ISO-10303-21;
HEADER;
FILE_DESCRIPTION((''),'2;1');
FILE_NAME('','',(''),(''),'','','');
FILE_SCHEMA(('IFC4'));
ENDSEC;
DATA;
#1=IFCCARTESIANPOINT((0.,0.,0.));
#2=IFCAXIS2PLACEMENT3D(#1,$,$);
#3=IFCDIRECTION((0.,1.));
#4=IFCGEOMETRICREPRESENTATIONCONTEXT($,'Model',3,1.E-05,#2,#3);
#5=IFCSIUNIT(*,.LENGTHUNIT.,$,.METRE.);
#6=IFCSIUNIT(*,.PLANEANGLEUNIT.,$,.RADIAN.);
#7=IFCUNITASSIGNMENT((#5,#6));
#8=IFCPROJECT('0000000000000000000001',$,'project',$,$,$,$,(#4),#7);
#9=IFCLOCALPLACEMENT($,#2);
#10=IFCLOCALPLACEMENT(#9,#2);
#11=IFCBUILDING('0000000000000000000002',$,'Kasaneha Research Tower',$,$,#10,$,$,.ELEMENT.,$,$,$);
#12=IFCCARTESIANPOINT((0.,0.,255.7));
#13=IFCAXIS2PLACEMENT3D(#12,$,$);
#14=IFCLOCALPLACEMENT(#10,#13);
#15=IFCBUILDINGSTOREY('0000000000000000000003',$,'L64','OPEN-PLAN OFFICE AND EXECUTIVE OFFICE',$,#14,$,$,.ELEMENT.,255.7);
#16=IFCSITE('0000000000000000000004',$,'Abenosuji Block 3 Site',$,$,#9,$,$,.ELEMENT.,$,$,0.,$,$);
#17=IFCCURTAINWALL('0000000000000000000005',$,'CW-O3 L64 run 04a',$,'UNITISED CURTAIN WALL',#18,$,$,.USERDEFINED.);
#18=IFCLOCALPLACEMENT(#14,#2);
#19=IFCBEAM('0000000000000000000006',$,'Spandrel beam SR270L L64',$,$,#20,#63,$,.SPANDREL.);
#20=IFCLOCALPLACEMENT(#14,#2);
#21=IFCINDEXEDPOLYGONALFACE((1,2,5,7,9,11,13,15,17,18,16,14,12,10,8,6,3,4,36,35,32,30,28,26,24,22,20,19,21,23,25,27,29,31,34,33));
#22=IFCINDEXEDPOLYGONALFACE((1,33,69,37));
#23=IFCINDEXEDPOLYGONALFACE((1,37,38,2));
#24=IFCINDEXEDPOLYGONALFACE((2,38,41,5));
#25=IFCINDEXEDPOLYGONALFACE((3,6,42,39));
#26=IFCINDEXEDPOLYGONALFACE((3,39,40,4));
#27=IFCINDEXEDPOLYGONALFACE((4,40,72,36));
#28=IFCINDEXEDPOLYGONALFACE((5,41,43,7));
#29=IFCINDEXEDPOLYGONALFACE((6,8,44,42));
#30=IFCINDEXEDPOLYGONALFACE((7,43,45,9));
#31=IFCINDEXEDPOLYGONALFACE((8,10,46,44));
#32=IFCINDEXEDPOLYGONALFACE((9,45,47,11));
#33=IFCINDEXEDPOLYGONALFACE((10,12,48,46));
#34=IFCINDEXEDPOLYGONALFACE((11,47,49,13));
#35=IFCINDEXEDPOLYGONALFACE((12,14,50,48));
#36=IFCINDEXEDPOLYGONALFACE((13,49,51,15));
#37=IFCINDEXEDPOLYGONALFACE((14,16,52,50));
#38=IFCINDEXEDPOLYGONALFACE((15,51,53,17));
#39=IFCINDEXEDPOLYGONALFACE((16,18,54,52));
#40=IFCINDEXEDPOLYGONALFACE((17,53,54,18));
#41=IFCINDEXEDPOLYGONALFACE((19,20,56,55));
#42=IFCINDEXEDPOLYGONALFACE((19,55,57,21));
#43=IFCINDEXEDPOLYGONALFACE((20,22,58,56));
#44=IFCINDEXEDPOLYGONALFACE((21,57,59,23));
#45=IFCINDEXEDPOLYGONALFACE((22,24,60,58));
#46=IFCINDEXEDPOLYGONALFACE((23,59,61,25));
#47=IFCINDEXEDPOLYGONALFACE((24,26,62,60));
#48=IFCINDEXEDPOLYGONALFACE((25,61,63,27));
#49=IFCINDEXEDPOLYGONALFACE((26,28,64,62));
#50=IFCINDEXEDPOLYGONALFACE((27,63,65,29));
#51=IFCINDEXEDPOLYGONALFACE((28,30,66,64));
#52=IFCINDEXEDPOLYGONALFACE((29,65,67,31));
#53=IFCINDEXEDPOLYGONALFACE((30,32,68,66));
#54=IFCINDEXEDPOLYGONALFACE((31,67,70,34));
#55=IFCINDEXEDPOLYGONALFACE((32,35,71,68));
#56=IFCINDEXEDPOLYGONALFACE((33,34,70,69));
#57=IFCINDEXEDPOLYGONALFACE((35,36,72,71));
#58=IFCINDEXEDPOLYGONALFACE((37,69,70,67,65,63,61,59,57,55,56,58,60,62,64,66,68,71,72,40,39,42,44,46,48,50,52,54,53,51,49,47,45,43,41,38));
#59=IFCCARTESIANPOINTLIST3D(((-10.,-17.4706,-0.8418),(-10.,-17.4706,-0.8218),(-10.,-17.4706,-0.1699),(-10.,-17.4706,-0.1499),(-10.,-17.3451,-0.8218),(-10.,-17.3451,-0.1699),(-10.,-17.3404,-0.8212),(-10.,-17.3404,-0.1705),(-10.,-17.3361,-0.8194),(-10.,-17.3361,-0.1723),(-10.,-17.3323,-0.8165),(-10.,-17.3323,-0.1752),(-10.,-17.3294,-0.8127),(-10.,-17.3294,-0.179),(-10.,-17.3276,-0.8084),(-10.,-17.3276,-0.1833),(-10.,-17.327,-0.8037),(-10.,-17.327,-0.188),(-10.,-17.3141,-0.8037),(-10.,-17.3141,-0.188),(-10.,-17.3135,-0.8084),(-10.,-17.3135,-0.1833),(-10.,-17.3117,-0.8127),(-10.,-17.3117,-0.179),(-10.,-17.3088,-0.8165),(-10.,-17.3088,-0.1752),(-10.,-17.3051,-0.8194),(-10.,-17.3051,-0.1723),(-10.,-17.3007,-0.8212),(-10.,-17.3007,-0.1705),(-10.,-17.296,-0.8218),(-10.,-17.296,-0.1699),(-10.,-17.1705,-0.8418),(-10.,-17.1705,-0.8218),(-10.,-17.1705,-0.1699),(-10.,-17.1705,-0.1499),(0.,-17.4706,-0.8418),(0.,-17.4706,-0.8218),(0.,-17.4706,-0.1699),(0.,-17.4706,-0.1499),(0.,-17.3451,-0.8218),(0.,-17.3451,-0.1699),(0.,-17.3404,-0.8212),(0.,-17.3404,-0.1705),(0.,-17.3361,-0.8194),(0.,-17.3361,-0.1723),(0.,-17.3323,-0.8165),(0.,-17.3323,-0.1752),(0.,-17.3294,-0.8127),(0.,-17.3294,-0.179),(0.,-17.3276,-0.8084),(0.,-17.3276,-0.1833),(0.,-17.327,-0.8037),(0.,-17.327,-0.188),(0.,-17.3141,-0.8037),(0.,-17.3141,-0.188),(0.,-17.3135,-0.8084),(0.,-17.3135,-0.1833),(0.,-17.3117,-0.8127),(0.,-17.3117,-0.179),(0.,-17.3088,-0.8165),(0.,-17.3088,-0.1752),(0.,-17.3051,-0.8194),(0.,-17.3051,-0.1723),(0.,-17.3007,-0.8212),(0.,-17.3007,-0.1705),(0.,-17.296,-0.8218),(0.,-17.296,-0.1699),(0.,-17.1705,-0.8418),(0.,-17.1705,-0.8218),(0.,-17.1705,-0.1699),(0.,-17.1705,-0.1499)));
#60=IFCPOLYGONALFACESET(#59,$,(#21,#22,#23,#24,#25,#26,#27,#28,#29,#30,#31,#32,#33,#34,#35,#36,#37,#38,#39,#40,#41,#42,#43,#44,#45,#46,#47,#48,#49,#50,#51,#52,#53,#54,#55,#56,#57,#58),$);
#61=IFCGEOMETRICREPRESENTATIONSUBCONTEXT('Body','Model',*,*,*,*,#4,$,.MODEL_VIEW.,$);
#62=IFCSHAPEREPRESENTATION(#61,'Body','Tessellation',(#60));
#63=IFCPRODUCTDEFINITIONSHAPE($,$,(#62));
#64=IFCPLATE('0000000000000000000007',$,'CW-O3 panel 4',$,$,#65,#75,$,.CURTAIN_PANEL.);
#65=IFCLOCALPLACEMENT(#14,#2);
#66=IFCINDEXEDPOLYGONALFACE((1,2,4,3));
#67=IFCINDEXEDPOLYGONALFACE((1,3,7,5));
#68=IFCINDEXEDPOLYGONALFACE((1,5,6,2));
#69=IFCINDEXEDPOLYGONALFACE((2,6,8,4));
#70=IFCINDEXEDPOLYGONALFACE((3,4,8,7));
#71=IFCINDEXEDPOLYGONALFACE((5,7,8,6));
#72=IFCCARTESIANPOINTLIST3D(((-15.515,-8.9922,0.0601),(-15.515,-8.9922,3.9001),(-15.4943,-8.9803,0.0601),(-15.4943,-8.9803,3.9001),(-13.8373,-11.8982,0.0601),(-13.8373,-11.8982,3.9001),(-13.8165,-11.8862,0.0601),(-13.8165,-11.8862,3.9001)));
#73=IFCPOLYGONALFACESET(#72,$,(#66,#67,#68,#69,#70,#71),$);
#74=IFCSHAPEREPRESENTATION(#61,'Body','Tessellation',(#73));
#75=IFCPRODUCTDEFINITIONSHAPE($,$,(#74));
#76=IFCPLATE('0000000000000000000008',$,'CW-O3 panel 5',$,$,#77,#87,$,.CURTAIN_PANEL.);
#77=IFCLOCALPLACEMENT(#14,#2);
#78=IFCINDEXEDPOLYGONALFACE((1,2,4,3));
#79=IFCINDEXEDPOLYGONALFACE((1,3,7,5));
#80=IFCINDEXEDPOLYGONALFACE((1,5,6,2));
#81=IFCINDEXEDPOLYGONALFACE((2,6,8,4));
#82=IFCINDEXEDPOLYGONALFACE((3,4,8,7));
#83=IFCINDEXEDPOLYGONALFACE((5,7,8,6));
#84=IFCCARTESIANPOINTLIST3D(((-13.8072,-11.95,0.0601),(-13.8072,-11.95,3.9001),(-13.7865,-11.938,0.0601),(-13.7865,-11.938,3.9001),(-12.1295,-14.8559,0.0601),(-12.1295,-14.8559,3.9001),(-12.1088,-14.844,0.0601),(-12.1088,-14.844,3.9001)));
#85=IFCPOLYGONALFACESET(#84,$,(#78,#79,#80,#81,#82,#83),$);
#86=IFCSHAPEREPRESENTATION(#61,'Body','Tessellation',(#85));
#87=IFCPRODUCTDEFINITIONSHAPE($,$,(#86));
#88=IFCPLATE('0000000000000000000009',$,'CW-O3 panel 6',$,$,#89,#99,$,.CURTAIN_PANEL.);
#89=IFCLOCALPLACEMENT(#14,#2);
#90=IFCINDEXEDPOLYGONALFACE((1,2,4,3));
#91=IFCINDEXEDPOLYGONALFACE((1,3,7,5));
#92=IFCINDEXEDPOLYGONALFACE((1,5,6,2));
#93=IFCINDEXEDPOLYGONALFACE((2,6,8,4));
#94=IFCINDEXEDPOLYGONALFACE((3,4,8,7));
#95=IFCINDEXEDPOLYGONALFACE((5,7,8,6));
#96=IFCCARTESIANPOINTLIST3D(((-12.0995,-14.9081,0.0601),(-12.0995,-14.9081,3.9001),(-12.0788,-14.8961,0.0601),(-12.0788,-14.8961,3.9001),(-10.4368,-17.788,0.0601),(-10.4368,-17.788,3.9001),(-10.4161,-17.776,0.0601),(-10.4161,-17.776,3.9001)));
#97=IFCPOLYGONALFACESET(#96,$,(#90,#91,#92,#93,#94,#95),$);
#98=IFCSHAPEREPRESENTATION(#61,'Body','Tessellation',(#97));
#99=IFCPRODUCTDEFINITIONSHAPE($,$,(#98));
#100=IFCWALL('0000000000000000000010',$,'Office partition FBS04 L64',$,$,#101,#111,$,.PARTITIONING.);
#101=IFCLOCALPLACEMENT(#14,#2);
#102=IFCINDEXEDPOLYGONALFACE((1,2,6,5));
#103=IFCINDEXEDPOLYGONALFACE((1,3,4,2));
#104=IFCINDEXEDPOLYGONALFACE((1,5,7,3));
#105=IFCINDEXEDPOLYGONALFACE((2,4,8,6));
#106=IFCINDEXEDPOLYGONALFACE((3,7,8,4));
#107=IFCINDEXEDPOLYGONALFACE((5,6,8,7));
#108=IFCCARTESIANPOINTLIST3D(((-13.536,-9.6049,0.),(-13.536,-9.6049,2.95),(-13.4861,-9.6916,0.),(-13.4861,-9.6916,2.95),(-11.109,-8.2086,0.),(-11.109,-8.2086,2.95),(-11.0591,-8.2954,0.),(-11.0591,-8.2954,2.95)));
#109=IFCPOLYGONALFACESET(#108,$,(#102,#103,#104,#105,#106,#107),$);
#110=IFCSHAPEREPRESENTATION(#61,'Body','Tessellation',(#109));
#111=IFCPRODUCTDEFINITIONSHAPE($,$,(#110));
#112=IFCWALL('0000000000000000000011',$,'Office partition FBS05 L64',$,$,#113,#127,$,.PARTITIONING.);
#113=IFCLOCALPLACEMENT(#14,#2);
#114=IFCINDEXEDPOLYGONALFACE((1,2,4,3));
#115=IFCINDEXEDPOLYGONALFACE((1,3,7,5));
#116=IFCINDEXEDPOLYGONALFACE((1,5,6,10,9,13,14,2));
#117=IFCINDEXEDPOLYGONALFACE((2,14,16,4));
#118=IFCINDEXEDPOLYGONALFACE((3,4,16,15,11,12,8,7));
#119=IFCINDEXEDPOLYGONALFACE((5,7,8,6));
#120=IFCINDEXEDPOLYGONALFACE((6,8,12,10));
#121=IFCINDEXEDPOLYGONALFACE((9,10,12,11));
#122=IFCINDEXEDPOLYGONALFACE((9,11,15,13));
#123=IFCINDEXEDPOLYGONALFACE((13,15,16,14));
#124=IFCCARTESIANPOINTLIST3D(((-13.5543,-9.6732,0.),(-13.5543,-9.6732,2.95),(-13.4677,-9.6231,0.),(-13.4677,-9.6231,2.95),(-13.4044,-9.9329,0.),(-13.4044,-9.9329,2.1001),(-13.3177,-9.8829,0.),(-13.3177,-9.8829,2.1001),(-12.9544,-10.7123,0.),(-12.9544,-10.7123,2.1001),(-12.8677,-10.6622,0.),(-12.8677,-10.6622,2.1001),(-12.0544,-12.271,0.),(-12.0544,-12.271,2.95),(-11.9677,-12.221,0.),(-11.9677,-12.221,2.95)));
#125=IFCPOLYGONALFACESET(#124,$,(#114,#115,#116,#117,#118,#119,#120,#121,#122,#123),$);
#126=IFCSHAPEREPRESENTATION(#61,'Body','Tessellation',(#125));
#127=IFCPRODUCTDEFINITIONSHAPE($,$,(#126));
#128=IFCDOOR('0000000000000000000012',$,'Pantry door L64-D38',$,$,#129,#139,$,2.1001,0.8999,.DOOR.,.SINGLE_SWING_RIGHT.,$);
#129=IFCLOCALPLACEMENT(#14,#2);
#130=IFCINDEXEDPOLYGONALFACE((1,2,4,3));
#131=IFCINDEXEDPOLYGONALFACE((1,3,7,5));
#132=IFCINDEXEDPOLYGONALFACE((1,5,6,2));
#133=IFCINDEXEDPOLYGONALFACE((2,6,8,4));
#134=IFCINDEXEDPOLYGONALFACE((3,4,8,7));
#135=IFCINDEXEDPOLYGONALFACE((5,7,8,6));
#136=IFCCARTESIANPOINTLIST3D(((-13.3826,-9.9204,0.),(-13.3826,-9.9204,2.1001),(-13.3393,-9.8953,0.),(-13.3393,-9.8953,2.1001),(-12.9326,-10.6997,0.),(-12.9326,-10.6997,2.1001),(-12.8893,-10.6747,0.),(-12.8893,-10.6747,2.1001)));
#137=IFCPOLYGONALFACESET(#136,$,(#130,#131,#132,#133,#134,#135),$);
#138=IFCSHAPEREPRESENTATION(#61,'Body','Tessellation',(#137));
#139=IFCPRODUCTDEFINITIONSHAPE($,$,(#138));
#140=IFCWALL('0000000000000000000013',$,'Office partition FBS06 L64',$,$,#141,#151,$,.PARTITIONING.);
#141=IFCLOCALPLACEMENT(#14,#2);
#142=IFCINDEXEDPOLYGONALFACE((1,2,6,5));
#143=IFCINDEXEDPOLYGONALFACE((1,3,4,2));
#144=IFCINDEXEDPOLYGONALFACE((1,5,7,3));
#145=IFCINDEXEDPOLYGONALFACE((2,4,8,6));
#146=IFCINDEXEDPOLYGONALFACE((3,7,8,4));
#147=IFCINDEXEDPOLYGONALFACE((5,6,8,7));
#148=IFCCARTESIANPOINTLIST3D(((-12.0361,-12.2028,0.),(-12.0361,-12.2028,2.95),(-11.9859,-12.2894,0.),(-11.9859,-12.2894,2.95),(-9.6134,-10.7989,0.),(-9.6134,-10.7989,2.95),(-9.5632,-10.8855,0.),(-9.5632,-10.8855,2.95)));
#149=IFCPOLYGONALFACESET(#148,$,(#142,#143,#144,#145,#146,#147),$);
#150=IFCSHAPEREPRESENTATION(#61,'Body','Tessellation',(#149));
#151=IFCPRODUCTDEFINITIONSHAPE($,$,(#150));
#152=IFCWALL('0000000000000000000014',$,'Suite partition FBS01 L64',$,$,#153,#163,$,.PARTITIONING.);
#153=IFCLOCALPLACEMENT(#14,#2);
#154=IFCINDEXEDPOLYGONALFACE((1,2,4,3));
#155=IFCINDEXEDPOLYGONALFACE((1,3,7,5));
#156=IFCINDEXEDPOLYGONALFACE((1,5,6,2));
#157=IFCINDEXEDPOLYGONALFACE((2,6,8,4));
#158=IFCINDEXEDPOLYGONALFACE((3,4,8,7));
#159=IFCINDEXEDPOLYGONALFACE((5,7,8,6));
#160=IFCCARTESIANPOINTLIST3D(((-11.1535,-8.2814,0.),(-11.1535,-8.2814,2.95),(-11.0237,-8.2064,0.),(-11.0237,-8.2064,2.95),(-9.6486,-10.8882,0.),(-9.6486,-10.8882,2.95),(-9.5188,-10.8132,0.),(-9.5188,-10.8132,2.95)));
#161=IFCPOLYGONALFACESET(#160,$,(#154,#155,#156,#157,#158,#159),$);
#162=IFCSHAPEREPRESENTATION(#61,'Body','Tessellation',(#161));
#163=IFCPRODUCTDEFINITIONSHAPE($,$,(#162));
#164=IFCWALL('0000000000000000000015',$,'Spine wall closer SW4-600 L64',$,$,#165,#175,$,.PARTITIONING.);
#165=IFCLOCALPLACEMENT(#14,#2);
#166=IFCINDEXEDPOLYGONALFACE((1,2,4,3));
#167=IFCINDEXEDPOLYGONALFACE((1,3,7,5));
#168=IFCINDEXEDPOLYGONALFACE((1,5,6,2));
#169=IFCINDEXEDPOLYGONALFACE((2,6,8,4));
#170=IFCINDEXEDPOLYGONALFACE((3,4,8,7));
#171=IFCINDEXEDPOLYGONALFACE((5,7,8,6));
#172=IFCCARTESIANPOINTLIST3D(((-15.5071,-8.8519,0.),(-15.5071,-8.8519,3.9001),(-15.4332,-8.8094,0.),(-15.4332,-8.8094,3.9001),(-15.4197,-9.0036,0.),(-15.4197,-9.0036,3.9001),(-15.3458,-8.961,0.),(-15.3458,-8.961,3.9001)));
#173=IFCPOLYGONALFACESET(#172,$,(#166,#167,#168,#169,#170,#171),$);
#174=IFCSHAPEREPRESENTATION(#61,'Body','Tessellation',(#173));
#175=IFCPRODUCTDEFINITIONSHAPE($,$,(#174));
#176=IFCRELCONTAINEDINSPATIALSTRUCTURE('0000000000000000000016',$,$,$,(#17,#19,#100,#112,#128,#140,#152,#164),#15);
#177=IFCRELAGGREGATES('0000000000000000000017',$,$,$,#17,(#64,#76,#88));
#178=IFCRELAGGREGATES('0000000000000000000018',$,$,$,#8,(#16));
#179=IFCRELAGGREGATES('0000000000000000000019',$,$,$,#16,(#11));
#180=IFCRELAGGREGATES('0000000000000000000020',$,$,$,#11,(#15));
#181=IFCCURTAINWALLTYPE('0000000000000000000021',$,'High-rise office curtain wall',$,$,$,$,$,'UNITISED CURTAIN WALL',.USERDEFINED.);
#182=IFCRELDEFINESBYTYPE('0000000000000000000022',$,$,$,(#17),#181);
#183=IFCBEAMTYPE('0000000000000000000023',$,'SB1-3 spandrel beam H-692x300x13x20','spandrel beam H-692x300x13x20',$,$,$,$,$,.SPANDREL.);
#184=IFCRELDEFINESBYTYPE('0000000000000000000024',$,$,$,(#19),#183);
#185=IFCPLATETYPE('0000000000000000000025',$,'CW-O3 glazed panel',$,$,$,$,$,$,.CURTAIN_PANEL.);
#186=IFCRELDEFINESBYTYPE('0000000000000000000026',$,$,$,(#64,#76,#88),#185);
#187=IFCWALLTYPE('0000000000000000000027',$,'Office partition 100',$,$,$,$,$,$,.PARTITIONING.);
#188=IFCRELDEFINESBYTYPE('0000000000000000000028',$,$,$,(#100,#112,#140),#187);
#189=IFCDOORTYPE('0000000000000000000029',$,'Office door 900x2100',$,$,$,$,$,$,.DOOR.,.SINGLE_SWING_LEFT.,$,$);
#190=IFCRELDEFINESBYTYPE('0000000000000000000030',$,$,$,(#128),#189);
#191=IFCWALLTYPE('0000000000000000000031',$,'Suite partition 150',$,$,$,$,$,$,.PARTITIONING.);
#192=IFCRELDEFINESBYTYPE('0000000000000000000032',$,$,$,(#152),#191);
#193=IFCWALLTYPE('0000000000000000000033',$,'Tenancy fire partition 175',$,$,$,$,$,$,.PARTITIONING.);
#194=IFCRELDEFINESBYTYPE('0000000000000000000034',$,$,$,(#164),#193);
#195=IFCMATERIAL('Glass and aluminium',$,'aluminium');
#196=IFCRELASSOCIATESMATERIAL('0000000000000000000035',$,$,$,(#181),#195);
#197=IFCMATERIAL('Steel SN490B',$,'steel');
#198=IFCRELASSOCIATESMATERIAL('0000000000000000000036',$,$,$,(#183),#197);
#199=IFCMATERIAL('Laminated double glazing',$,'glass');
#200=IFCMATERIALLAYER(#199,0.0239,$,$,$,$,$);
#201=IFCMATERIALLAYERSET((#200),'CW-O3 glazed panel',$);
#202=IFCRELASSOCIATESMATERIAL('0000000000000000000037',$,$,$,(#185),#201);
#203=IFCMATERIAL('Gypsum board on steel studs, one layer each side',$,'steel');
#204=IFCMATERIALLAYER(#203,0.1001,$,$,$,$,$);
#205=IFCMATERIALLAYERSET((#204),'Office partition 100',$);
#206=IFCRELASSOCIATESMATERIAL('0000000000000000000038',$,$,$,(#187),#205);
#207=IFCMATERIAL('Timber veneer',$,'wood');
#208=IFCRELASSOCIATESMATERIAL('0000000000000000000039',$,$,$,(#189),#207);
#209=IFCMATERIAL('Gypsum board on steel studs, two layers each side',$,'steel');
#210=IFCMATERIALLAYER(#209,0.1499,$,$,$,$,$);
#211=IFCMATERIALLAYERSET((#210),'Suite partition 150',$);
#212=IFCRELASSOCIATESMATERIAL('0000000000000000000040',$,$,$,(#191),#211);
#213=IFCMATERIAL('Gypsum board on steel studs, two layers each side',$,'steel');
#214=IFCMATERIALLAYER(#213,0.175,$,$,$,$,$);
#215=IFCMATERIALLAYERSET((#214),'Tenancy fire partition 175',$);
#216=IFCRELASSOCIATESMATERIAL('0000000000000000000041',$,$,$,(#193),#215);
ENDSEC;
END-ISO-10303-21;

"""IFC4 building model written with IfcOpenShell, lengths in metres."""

from ifc_helpers import new_model, si_unit, direction, frame, frame_2d, origin, origin_2d, place, context, subcontext, project, spatial, rectangle, i_section, extrude, material, layer, layer_set, material_profile, profile_set, type_object, element, fill, aggregate, save


model = new_model("IFC4")

# Units and contexts
model_context = context("Model", 3, precision=1e-05, world=origin(), true_north=direction((0.0, 1.0)))
body_context = subcontext(model_context, "Body", "Model", "MODEL_VIEW")
ifc_project = project(units=[si_unit("LENGTHUNIT", "METRE"), si_unit("PLANEANGLEUNIT", "RADIAN")], contexts=[model_context])

# Site, building, storey
site_placement = place(None, origin())
site = spatial("IfcSite", under=ifc_project, at=site_placement, Name="Abenosuji Block 3 Site", CompositionType="ELEMENT", RefElevation=0.0)
building_placement = place(site_placement, origin())
building = spatial("IfcBuilding", under=site, at=building_placement, Name="Kasaneha Research Tower", CompositionType="ELEMENT")
storey_placement = place(building_placement, frame((0.0, 0.0, 255.7)))
storey = spatial("IfcBuildingStorey", under=building, at=storey_placement, Name="L64", Description="OPEN-PLAN OFFICE AND EXECUTIVE OFFICE", CompositionType="ELEMENT", Elevation=255.7)

# Curtain wall
ifc_material_1 = material(Name="Glass and aluminium", Category="aluminium")
curtain_wall_type = type_object("IfcCurtainWallType", Name="High-rise office curtain wall", ElementType="UNITISED CURTAIN WALL", PredefinedType="USERDEFINED", material=ifc_material_1)
curtain_wall_1_placement = place(storey_placement, origin())
curtain_wall_1 = element("IfcCurtainWall", 1, at=curtain_wall_1_placement, inside=storey, type_object=curtain_wall_type, Name="CW-O3 L64 run 04a", ObjectType="UNITISED CURTAIN WALL", PredefinedType="USERDEFINED")

# Beam
ifc_material_2 = material(Name="Steel SN490B", Category="steel")
ifc_material_profile_1 = material_profile(ifc_material_2, i_section(OverallWidth=0.3, OverallDepth=0.6919, WebThickness=0.0129, FlangeThickness=0.02, FilletRadius=0.0181, at=origin_2d()), Name="H-692x300x13x20")
ifc_profile_set_1 = profile_set([ifc_material_profile_1], Name="Steel SN490B")
beam_type_1 = type_object("IfcBeamType", Name="SB1-3 spandrel beam H-692x300x13x20", Description="spandrel beam H-692x300x13x20", PredefinedType="SPANDREL", material=ifc_profile_set_1)
beam_1_placement = place(storey_placement, frame((-10.0, -17.3206, -0.4958), z_axis=(1.0, 0.0, 0.0), x_axis=(0.0, 1.0, 0.0)))
element("IfcBeam", 2, at=beam_1_placement, inside=storey, type_object=beam_type_1, Name="Spandrel beam SR270L L64", PredefinedType="SPANDREL", context=body_context, shape_type="SweptSolid", body=[
    extrude(i_section(OverallWidth=0.3, OverallDepth=0.6919, WebThickness=0.0129, FlangeThickness=0.02, FilletRadius=0.0181, at=origin_2d()), origin(), (0.0, 0.0, 1.0), 10.0),
])

# Plates
ifc_material_3 = material(Name="Laminated double glazing", Category="glass")
ifc_layer_1 = layer(ifc_material_3, 0.0239)
ifc_layer_set_1 = layer_set([ifc_layer_1], Name="CW-O3 glazed panel")
plate_type = type_object("IfcPlateType", Name="CW-O3 glazed panel", PredefinedType="CURTAIN_PANEL", material=ifc_layer_set_1)
plate_1_placement = place(storey_placement, frame((-14.6658, -10.4392, 0.0601), z_axis=(0.0, 0.0, 1.0), x_axis=(0.5, -0.866025, 0.0)))
plate_1 = element("IfcPlate", 3, at=plate_1_placement, type_object=plate_type, Name="CW-O3 panel 4", PredefinedType="CURTAIN_PANEL", context=body_context, shape_type="SweptSolid", body=[
    extrude(rectangle(XDim=3.3555, YDim=0.0239, at=origin_2d()), origin(), (0.0, 0.0, 1.0), 3.8401),
])
plate_2_placement = place(storey_placement, frame((-12.958, -13.397, 0.0601), z_axis=(0.0, 0.0, 1.0), x_axis=(0.5, -0.866025, 0.0)))
plate_2 = element("IfcPlate", 4, at=plate_2_placement, type_object=plate_type, Name="CW-O3 panel 5", PredefinedType="CURTAIN_PANEL", context=body_context, shape_type="SweptSolid", body=[
    extrude(rectangle(XDim=3.3555, YDim=0.0239, at=origin_2d()), origin(), (0.0, 0.0, 1.0), 3.8401),
])
plate_3_placement = place(storey_placement, frame((-11.2578, -16.342, 0.0601), z_axis=(0.0, 0.0, 1.0), x_axis=(0.5, -0.866025, 0.0)))
plate_3 = element("IfcPlate", 5, at=plate_3_placement, type_object=plate_type, Name="CW-O3 panel 6", PredefinedType="CURTAIN_PANEL", context=body_context, shape_type="SweptSolid", body=[
    extrude(rectangle(XDim=3.3254, YDim=0.0239, at=origin_2d()), origin(), (0.0, 0.0, 1.0), 3.8401),
])
aggregate(curtain_wall_1, [plate_1, plate_2, plate_3])

# Wall
ifc_material_4 = material(Name="Gypsum board on steel studs, one layer each side", Category="steel")
ifc_layer_2 = layer(ifc_material_4, 0.1001)
ifc_layer_set_2 = layer_set([ifc_layer_2], Name="Office partition 100")
wall_type_1 = type_object("IfcWallType", Name="Office partition 100", PredefinedType="PARTITIONING", material=ifc_layer_set_2)
wall_1_placement = place(storey_placement, frame((-13.511, -9.6482, 0.0), z_axis=(0.0, 0.0, 1.0), x_axis=(0.866796, 0.498663, 0.0)))
element("IfcWall", 6, at=wall_1_placement, inside=storey, type_object=wall_type_1, Name="Office partition FBS04 L64", PredefinedType="PARTITIONING", context=body_context, shape_type="SweptSolid", body=[
    extrude(rectangle(XDim=2.8, YDim=0.1001, at=frame_2d((1.3999, 0.0))), origin(), (0.0, 0.0, 1.0), 2.95),
])

# Wall, opening, door
wall_2_placement = place(storey_placement, frame((-12.011, -12.2461, 0.0), z_axis=(0.0, 0.0, 1.0), x_axis=(-0.500025, 0.866011, 0.0)))
wall_2 = element("IfcWall", 7, at=wall_2_placement, inside=storey, type_object=wall_type_1, Name="Office partition FBS05 L64", PredefinedType="PARTITIONING", context=body_context, shape_type="SweptSolid", body=[
    extrude(rectangle(XDim=2.9998, YDim=0.1001, at=frame_2d((1.5, 0.0))), origin(), (0.0, 0.0, 1.0), 2.95),
])
opening_placement = place(wall_2_placement, frame((1.8, 0.0, 0.0)))
opening = element("IfcOpeningElement", 8, at=opening_placement, cuts=wall_2, PredefinedType="OPENING", context=body_context, shape_type="SweptSolid", body=[
    extrude(rectangle(XDim=0.8999, YDim=2.1001, at=frame_2d((0.45, 1.05))), frame((0.0, 0.0601, 0.0), z_axis=(0.0, -1.0, 0.0), x_axis=(1.0, 0.0, 0.0)), (0.0, 0.0, 1.0), 0.1201),
])
ifc_material_5 = material(Name="Timber veneer", Category="wood")
door_type = type_object("IfcDoorType", Name="Office door 900x2100", OperationType="SINGLE_SWING_LEFT", PredefinedType="DOOR", material=ifc_material_5)
door_placement = place(opening_placement, origin())
door = element("IfcDoor", 9, at=door_placement, inside=storey, type_object=door_type, Name="Pantry door L64-D38", OperationType="SINGLE_SWING_RIGHT", OverallHeight=2.1001, OverallWidth=0.8999, PredefinedType="DOOR", context=body_context, shape_type="SweptSolid", body=[
    extrude(rectangle(XDim=0.8999, YDim=2.1001, at=frame_2d((0.45, 1.05))), frame((0.0, 0.0249, 0.0), z_axis=(0.0, -1.0, 0.0), x_axis=(1.0, 0.0, 0.0)), (0.0, 0.0, 1.0), 0.05),
])
fill(opening, door)

# Walls
wall_3_placement = place(storey_placement, frame((-9.5884, -10.8423, 0.0), z_axis=(0.0, 0.0, 1.0), x_axis=(-0.865233, -0.50137, 0.0)))
element("IfcWall", 10, at=wall_3_placement, inside=storey, type_object=wall_type_1, Name="Office partition FBS06 L64", PredefinedType="PARTITIONING", context=body_context, shape_type="SweptSolid", body=[
    extrude(rectangle(XDim=2.8, YDim=0.1001, at=frame_2d((1.3999, 0.0))), origin(), (0.0, 0.0, 1.0), 2.95),
])
ifc_material_6 = material(Name="Gypsum board on steel studs, two layers each side", Category="steel")
ifc_layer_3 = layer(ifc_material_6, 0.1499)
ifc_layer_set_3 = layer_set([ifc_layer_3], Name="Suite partition 150")
wall_type_2 = type_object("IfcWallType", Name="Suite partition 150", PredefinedType="PARTITIONING", material=ifc_layer_set_3)
wall_4_placement = place(storey_placement, frame((-9.5837, -10.8506, 0.0), z_axis=(0.0, 0.0, 1.0), x_axis=(-0.499978, 0.866038, 0.0)))
element("IfcWall", 11, at=wall_4_placement, inside=storey, type_object=wall_type_2, Name="Suite partition FBS01 L64", PredefinedType="PARTITIONING", context=body_context, shape_type="SweptSolid", body=[
    extrude(rectangle(XDim=3.01, YDim=0.1499, at=frame_2d((1.5049, 0.0))), origin(), (0.0, 0.0, 1.0), 2.95),
])
ifc_material_7 = material(Name="Gypsum board on steel studs, two layers each side", Category="steel")
ifc_layer_4 = layer(ifc_material_7, 0.175)
ifc_layer_set_4 = layer_set([ifc_layer_4], Name="Tenancy fire partition 175")
wall_type_3 = type_object("IfcWallType", Name="Tenancy fire partition 175", PredefinedType="PARTITIONING", material=ifc_layer_set_4)
wall_5_placement = place(storey_placement, frame((-15.3896, -8.8853, 0.0), z_axis=(0.0, 0.0, 1.0), x_axis=(-0.866472, -0.499226, 0.0)))
element("IfcWall", 12, at=wall_5_placement, inside=storey, type_object=wall_type_3, Name="Spine wall closer SW4-600 L64", PredefinedType="PARTITIONING", context=body_context, shape_type="SweptSolid", body=[
    extrude(rectangle(XDim=0.0852, YDim=0.175, at=frame_2d((0.0425, 0.0))), origin(), (0.0, 0.0, 1.0), 3.9001),
])

save(model, "model.ifc")
